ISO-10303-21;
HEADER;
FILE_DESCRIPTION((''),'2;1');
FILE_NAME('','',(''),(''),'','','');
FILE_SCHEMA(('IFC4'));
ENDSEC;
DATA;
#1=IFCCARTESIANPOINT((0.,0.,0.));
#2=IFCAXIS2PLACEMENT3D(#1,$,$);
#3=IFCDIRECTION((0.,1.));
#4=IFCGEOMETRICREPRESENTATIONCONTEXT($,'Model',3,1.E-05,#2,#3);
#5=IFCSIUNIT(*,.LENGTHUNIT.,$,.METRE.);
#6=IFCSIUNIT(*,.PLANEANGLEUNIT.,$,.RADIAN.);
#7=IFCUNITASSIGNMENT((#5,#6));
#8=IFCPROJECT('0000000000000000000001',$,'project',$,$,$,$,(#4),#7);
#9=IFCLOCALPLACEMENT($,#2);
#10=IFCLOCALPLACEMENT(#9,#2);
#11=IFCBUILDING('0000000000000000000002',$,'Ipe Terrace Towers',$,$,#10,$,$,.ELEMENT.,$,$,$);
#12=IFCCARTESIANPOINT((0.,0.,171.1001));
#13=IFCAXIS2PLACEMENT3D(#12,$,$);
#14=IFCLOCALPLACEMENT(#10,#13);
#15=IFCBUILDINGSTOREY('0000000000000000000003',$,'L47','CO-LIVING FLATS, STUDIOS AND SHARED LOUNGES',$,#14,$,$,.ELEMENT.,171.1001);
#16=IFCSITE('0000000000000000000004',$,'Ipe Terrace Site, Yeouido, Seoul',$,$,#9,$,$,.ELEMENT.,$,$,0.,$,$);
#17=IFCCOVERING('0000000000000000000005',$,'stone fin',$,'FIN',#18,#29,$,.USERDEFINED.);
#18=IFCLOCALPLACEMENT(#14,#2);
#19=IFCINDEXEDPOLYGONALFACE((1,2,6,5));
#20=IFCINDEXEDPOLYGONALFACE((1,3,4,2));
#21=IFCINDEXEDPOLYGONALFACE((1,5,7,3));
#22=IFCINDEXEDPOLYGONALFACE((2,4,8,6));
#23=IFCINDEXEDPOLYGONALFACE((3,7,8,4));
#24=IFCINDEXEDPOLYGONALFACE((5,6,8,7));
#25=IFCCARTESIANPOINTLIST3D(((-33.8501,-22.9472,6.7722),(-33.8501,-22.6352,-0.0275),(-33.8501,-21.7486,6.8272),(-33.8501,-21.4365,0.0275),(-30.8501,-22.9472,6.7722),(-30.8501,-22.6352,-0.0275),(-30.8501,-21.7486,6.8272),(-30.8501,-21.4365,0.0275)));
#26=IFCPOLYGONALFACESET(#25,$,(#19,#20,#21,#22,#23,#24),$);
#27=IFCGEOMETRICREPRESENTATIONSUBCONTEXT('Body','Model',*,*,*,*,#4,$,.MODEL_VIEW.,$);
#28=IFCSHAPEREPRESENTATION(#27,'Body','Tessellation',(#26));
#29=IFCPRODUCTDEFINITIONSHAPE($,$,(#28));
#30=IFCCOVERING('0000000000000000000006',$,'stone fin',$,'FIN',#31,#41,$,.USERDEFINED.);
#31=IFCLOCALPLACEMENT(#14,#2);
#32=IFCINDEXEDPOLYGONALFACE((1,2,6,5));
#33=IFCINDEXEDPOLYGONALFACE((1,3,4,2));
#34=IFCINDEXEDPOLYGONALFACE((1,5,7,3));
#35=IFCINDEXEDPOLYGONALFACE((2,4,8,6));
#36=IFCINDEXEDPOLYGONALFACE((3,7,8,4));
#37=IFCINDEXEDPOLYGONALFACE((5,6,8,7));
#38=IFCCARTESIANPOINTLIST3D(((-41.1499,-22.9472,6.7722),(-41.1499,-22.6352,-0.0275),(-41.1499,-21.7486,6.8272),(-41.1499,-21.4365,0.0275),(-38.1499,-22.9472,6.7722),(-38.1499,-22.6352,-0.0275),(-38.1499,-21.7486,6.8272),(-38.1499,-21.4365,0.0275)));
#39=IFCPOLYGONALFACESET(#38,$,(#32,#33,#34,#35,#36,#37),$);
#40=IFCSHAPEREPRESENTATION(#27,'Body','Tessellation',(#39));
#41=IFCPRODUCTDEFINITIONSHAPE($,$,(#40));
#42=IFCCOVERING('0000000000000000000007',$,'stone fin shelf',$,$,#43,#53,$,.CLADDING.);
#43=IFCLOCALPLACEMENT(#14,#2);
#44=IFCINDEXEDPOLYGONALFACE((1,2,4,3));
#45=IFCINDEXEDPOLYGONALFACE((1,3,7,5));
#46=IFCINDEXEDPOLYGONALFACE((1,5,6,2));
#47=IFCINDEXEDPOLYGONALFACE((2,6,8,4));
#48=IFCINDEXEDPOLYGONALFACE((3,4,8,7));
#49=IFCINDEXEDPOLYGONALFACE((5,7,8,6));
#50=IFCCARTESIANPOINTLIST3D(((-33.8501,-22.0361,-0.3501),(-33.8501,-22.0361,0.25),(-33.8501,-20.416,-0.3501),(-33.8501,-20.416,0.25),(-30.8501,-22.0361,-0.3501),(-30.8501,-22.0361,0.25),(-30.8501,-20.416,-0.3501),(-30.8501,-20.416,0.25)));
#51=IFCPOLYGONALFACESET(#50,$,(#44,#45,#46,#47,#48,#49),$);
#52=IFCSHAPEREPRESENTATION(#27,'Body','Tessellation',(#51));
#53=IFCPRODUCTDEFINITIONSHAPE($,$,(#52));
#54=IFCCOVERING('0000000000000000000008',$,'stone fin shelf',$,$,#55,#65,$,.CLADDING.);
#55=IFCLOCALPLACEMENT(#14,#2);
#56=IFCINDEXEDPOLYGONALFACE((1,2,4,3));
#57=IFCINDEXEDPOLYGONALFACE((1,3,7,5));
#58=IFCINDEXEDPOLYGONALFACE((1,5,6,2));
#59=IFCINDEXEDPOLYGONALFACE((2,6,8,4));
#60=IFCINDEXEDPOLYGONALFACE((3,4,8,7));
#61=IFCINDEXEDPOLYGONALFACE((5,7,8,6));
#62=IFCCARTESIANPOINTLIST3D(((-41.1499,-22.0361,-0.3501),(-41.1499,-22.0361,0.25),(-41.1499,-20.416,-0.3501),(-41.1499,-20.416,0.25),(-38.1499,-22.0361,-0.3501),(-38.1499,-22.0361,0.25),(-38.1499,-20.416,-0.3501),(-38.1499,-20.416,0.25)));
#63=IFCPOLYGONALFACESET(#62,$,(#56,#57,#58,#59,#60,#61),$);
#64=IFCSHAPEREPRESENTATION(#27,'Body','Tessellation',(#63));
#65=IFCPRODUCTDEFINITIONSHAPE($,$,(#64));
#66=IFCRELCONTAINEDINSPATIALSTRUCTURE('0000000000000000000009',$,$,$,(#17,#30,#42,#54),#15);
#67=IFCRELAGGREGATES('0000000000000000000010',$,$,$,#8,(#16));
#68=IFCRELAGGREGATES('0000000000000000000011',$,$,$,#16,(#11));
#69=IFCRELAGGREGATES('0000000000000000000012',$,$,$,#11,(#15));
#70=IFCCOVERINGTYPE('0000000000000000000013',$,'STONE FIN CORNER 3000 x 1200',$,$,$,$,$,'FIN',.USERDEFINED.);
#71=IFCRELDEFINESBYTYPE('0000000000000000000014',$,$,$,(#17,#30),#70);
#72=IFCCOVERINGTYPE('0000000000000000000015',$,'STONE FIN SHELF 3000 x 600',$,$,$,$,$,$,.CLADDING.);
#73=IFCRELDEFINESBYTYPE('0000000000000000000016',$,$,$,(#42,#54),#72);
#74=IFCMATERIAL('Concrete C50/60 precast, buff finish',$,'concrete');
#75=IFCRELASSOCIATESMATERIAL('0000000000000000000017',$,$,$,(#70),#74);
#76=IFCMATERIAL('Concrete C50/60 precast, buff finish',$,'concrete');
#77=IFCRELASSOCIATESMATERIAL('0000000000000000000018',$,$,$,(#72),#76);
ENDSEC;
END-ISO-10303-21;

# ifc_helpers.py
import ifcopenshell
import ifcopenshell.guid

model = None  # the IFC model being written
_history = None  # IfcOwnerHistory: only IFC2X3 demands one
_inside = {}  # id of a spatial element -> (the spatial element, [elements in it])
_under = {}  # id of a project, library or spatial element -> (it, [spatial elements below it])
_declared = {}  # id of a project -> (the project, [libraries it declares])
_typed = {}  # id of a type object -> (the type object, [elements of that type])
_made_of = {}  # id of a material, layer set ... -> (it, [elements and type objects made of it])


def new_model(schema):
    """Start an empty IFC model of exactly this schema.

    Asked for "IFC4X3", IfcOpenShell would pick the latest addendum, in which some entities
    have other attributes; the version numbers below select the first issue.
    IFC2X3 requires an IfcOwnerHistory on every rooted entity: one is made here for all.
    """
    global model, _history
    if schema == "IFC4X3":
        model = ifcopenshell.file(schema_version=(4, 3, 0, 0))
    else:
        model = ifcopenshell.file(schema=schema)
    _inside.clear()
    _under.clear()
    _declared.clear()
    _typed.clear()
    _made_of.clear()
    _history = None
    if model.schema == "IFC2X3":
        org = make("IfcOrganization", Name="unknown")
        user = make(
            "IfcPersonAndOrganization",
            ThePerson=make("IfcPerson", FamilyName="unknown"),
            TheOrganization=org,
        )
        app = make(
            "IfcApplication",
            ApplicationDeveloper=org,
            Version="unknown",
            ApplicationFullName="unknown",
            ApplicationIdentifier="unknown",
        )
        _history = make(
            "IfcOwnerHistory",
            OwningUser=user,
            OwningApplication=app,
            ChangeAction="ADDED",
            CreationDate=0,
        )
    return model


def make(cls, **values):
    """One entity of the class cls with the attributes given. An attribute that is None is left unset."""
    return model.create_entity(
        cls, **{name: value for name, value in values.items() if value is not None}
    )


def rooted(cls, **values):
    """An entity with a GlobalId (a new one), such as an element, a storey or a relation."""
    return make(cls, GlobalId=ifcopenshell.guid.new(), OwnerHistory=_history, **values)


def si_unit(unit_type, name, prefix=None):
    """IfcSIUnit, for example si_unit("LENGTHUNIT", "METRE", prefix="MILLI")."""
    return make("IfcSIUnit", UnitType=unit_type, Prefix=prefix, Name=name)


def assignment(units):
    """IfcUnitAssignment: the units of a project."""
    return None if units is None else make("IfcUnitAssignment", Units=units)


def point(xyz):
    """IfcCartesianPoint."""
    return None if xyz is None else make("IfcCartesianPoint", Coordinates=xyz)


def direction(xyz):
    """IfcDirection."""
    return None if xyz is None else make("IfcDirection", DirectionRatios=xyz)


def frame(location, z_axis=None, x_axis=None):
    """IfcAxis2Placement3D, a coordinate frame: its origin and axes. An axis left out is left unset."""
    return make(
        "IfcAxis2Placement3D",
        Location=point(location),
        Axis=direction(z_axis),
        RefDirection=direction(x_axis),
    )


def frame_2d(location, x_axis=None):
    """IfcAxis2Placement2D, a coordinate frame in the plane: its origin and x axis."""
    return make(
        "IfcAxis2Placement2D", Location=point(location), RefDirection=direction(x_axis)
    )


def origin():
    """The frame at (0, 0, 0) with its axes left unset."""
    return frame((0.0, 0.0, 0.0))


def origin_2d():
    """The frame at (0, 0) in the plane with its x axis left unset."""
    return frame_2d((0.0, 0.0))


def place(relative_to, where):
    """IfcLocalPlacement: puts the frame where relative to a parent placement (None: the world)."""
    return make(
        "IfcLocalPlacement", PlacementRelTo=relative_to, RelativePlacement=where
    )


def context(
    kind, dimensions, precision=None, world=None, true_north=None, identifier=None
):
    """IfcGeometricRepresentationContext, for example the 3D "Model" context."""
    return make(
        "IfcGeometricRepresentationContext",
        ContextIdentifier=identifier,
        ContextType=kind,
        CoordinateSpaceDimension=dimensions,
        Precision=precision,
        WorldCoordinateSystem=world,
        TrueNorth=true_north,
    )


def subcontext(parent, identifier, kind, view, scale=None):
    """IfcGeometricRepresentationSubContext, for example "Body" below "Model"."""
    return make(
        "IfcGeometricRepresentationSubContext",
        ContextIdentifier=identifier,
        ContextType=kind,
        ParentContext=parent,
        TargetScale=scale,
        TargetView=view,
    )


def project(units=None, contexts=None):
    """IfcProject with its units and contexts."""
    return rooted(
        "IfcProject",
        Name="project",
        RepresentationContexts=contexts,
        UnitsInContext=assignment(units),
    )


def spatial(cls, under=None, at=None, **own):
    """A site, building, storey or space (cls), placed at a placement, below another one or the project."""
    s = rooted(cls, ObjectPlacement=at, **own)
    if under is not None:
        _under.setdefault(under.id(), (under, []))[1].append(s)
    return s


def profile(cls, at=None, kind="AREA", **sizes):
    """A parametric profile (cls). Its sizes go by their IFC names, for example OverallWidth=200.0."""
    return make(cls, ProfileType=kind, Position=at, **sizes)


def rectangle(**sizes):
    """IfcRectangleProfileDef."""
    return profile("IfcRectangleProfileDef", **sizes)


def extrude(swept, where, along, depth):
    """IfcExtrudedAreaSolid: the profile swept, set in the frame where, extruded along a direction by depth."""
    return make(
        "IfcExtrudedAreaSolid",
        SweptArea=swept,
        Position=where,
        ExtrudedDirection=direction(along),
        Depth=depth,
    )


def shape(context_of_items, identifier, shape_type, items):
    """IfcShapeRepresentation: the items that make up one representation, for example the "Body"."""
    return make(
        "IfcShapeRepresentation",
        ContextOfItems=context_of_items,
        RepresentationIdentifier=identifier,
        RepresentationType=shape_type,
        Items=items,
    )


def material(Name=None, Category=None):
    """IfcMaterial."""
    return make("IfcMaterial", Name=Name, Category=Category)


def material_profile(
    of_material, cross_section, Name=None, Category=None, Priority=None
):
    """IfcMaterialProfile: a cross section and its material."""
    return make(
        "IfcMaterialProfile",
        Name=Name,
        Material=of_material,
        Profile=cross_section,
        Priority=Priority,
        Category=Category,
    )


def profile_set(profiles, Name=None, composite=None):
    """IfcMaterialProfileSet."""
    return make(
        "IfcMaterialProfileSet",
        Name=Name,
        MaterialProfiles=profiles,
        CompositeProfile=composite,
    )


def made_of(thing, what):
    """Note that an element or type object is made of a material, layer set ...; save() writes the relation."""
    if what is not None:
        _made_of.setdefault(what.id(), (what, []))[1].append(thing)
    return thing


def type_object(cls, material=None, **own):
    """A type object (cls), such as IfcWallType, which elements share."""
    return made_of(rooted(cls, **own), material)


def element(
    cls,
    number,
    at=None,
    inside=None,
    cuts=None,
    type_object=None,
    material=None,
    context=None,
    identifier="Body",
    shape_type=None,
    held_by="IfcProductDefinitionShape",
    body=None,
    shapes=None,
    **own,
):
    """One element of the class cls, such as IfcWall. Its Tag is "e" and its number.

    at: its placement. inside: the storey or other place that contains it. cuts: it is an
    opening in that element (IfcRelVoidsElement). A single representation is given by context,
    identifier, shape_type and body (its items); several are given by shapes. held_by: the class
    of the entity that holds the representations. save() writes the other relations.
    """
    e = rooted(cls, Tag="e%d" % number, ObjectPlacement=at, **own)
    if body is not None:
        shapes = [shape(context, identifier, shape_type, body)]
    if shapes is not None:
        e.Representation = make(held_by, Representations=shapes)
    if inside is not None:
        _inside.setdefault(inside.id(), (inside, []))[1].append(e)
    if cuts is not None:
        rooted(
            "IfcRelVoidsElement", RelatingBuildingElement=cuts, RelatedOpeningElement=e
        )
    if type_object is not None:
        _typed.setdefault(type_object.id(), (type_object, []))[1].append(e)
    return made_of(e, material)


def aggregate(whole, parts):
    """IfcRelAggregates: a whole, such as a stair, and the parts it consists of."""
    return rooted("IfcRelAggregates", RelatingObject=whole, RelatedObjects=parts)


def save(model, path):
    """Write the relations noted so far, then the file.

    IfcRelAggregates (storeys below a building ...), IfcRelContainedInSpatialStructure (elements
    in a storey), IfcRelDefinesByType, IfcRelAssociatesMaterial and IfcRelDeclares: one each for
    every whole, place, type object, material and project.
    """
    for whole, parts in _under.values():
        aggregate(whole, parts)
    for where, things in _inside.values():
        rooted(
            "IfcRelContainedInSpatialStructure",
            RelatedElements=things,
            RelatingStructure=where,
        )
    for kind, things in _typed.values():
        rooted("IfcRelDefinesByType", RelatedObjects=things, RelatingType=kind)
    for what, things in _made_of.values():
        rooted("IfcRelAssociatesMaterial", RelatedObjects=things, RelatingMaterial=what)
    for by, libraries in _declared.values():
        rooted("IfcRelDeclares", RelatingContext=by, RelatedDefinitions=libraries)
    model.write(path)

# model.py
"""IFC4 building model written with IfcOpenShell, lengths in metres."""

from ifc_helpers import new_model, si_unit, direction, frame, origin, origin_2d, place, context, subcontext, project, spatial, rectangle, extrude, material, material_profile, profile_set, type_object, element, save


model = new_model("IFC4")

# Units and contexts
model_context = context("Model", 3, precision=1e-05, world=origin(), true_north=direction((0.0, 1.0)))
body_context = subcontext(model_context, "Body", "Model", "MODEL_VIEW")
ifc_project = project(units=[si_unit("LENGTHUNIT", "METRE"), si_unit("PLANEANGLEUNIT", "RADIAN")], contexts=[model_context])

# Site, building, storey
site_placement = place(None, origin())
site = spatial("IfcSite", under=ifc_project, at=site_placement, Name="Ipe Terrace Site, Yeouido, Seoul", CompositionType="ELEMENT", RefElevation=0.0)
building_placement = place(site_placement, origin())
building = spatial("IfcBuilding", under=site, at=building_placement, Name="Ipe Terrace Towers", CompositionType="ELEMENT")
storey_placement = place(building_placement, frame((0.0, 0.0, 171.1001)))
storey = spatial("IfcBuildingStorey", under=building, at=storey_placement, Name="L47", Description="CO-LIVING FLATS, STUDIOS AND SHARED LOUNGES", CompositionType="ELEMENT", Elevation=171.1001)

# Coverings
ifc_material_1 = material(Name="Concrete C50/60 precast, buff finish", Category="concrete")
ifc_material_profile_1 = material_profile(ifc_material_1, rectangle(XDim=3.0, YDim=1.2, at=origin_2d()), Name="STONE FIN CORNER 3000 x 1200")
ifc_profile_set_1 = profile_set([ifc_material_profile_1], Name="Concrete C50/60 precast, buff finish")
covering_type_1 = type_object("IfcCoveringType", Name="STONE FIN CORNER 3000 x 1200", ElementType="FIN", PredefinedType="USERDEFINED", material=ifc_profile_set_1)
for number, where, z_axis, x_axis, name in (
    (1, (-32.3501, -22.0359, 0.0), (0.0, -0.045837, 0.998949), (1.0, 0.0, 0.0), "stone fin"),
    (2, (-39.6499, -22.0359, 0.0), (0.0, -0.045837, 0.998949), (1.0, 0.0, 0.0), "stone fin"),
):
    element("IfcCovering", number, at=place(storey_placement, frame(where, z_axis=z_axis, x_axis=x_axis)), inside=storey, type_object=covering_type_1, Name=name, ObjectType="FIN", PredefinedType="USERDEFINED", context=body_context, shape_type="SweptSolid", body=[
        extrude(rectangle(XDim=3.0, YDim=1.2, at=origin_2d()), origin(), (0.0, 0.0, 1.0), 6.8069),
    ])
ifc_material_2 = material(Name="Concrete C50/60 precast, buff finish", Category="concrete")
covering_type_2 = type_object("IfcCoveringType", Name="STONE FIN SHELF 3000 x 600", PredefinedType="CLADDING", material=ifc_material_2)
for number, where, z_axis, x_axis, name in (
    (3, (-32.3501, -21.2261, -0.3501), (0.0, 0.0, 1.0), (1.0, 0.0, 0.0), "stone fin shelf"),
    (4, (-39.6499, -21.2261, -0.3501), (0.0, 0.0, 1.0), (1.0, 0.0, 0.0), "stone fin shelf"),
):
    element("IfcCovering", number, at=place(storey_placement, frame(where, z_axis=z_axis, x_axis=x_axis)), inside=storey, type_object=covering_type_2, Name=name, PredefinedType="CLADDING", context=body_context, shape_type="SweptSolid", body=[
        extrude(rectangle(XDim=3.0, YDim=1.6201, at=origin_2d()), origin(), (0.0, 0.0, 1.0), 0.6001),
    ])

save(model, "model.ifc")
